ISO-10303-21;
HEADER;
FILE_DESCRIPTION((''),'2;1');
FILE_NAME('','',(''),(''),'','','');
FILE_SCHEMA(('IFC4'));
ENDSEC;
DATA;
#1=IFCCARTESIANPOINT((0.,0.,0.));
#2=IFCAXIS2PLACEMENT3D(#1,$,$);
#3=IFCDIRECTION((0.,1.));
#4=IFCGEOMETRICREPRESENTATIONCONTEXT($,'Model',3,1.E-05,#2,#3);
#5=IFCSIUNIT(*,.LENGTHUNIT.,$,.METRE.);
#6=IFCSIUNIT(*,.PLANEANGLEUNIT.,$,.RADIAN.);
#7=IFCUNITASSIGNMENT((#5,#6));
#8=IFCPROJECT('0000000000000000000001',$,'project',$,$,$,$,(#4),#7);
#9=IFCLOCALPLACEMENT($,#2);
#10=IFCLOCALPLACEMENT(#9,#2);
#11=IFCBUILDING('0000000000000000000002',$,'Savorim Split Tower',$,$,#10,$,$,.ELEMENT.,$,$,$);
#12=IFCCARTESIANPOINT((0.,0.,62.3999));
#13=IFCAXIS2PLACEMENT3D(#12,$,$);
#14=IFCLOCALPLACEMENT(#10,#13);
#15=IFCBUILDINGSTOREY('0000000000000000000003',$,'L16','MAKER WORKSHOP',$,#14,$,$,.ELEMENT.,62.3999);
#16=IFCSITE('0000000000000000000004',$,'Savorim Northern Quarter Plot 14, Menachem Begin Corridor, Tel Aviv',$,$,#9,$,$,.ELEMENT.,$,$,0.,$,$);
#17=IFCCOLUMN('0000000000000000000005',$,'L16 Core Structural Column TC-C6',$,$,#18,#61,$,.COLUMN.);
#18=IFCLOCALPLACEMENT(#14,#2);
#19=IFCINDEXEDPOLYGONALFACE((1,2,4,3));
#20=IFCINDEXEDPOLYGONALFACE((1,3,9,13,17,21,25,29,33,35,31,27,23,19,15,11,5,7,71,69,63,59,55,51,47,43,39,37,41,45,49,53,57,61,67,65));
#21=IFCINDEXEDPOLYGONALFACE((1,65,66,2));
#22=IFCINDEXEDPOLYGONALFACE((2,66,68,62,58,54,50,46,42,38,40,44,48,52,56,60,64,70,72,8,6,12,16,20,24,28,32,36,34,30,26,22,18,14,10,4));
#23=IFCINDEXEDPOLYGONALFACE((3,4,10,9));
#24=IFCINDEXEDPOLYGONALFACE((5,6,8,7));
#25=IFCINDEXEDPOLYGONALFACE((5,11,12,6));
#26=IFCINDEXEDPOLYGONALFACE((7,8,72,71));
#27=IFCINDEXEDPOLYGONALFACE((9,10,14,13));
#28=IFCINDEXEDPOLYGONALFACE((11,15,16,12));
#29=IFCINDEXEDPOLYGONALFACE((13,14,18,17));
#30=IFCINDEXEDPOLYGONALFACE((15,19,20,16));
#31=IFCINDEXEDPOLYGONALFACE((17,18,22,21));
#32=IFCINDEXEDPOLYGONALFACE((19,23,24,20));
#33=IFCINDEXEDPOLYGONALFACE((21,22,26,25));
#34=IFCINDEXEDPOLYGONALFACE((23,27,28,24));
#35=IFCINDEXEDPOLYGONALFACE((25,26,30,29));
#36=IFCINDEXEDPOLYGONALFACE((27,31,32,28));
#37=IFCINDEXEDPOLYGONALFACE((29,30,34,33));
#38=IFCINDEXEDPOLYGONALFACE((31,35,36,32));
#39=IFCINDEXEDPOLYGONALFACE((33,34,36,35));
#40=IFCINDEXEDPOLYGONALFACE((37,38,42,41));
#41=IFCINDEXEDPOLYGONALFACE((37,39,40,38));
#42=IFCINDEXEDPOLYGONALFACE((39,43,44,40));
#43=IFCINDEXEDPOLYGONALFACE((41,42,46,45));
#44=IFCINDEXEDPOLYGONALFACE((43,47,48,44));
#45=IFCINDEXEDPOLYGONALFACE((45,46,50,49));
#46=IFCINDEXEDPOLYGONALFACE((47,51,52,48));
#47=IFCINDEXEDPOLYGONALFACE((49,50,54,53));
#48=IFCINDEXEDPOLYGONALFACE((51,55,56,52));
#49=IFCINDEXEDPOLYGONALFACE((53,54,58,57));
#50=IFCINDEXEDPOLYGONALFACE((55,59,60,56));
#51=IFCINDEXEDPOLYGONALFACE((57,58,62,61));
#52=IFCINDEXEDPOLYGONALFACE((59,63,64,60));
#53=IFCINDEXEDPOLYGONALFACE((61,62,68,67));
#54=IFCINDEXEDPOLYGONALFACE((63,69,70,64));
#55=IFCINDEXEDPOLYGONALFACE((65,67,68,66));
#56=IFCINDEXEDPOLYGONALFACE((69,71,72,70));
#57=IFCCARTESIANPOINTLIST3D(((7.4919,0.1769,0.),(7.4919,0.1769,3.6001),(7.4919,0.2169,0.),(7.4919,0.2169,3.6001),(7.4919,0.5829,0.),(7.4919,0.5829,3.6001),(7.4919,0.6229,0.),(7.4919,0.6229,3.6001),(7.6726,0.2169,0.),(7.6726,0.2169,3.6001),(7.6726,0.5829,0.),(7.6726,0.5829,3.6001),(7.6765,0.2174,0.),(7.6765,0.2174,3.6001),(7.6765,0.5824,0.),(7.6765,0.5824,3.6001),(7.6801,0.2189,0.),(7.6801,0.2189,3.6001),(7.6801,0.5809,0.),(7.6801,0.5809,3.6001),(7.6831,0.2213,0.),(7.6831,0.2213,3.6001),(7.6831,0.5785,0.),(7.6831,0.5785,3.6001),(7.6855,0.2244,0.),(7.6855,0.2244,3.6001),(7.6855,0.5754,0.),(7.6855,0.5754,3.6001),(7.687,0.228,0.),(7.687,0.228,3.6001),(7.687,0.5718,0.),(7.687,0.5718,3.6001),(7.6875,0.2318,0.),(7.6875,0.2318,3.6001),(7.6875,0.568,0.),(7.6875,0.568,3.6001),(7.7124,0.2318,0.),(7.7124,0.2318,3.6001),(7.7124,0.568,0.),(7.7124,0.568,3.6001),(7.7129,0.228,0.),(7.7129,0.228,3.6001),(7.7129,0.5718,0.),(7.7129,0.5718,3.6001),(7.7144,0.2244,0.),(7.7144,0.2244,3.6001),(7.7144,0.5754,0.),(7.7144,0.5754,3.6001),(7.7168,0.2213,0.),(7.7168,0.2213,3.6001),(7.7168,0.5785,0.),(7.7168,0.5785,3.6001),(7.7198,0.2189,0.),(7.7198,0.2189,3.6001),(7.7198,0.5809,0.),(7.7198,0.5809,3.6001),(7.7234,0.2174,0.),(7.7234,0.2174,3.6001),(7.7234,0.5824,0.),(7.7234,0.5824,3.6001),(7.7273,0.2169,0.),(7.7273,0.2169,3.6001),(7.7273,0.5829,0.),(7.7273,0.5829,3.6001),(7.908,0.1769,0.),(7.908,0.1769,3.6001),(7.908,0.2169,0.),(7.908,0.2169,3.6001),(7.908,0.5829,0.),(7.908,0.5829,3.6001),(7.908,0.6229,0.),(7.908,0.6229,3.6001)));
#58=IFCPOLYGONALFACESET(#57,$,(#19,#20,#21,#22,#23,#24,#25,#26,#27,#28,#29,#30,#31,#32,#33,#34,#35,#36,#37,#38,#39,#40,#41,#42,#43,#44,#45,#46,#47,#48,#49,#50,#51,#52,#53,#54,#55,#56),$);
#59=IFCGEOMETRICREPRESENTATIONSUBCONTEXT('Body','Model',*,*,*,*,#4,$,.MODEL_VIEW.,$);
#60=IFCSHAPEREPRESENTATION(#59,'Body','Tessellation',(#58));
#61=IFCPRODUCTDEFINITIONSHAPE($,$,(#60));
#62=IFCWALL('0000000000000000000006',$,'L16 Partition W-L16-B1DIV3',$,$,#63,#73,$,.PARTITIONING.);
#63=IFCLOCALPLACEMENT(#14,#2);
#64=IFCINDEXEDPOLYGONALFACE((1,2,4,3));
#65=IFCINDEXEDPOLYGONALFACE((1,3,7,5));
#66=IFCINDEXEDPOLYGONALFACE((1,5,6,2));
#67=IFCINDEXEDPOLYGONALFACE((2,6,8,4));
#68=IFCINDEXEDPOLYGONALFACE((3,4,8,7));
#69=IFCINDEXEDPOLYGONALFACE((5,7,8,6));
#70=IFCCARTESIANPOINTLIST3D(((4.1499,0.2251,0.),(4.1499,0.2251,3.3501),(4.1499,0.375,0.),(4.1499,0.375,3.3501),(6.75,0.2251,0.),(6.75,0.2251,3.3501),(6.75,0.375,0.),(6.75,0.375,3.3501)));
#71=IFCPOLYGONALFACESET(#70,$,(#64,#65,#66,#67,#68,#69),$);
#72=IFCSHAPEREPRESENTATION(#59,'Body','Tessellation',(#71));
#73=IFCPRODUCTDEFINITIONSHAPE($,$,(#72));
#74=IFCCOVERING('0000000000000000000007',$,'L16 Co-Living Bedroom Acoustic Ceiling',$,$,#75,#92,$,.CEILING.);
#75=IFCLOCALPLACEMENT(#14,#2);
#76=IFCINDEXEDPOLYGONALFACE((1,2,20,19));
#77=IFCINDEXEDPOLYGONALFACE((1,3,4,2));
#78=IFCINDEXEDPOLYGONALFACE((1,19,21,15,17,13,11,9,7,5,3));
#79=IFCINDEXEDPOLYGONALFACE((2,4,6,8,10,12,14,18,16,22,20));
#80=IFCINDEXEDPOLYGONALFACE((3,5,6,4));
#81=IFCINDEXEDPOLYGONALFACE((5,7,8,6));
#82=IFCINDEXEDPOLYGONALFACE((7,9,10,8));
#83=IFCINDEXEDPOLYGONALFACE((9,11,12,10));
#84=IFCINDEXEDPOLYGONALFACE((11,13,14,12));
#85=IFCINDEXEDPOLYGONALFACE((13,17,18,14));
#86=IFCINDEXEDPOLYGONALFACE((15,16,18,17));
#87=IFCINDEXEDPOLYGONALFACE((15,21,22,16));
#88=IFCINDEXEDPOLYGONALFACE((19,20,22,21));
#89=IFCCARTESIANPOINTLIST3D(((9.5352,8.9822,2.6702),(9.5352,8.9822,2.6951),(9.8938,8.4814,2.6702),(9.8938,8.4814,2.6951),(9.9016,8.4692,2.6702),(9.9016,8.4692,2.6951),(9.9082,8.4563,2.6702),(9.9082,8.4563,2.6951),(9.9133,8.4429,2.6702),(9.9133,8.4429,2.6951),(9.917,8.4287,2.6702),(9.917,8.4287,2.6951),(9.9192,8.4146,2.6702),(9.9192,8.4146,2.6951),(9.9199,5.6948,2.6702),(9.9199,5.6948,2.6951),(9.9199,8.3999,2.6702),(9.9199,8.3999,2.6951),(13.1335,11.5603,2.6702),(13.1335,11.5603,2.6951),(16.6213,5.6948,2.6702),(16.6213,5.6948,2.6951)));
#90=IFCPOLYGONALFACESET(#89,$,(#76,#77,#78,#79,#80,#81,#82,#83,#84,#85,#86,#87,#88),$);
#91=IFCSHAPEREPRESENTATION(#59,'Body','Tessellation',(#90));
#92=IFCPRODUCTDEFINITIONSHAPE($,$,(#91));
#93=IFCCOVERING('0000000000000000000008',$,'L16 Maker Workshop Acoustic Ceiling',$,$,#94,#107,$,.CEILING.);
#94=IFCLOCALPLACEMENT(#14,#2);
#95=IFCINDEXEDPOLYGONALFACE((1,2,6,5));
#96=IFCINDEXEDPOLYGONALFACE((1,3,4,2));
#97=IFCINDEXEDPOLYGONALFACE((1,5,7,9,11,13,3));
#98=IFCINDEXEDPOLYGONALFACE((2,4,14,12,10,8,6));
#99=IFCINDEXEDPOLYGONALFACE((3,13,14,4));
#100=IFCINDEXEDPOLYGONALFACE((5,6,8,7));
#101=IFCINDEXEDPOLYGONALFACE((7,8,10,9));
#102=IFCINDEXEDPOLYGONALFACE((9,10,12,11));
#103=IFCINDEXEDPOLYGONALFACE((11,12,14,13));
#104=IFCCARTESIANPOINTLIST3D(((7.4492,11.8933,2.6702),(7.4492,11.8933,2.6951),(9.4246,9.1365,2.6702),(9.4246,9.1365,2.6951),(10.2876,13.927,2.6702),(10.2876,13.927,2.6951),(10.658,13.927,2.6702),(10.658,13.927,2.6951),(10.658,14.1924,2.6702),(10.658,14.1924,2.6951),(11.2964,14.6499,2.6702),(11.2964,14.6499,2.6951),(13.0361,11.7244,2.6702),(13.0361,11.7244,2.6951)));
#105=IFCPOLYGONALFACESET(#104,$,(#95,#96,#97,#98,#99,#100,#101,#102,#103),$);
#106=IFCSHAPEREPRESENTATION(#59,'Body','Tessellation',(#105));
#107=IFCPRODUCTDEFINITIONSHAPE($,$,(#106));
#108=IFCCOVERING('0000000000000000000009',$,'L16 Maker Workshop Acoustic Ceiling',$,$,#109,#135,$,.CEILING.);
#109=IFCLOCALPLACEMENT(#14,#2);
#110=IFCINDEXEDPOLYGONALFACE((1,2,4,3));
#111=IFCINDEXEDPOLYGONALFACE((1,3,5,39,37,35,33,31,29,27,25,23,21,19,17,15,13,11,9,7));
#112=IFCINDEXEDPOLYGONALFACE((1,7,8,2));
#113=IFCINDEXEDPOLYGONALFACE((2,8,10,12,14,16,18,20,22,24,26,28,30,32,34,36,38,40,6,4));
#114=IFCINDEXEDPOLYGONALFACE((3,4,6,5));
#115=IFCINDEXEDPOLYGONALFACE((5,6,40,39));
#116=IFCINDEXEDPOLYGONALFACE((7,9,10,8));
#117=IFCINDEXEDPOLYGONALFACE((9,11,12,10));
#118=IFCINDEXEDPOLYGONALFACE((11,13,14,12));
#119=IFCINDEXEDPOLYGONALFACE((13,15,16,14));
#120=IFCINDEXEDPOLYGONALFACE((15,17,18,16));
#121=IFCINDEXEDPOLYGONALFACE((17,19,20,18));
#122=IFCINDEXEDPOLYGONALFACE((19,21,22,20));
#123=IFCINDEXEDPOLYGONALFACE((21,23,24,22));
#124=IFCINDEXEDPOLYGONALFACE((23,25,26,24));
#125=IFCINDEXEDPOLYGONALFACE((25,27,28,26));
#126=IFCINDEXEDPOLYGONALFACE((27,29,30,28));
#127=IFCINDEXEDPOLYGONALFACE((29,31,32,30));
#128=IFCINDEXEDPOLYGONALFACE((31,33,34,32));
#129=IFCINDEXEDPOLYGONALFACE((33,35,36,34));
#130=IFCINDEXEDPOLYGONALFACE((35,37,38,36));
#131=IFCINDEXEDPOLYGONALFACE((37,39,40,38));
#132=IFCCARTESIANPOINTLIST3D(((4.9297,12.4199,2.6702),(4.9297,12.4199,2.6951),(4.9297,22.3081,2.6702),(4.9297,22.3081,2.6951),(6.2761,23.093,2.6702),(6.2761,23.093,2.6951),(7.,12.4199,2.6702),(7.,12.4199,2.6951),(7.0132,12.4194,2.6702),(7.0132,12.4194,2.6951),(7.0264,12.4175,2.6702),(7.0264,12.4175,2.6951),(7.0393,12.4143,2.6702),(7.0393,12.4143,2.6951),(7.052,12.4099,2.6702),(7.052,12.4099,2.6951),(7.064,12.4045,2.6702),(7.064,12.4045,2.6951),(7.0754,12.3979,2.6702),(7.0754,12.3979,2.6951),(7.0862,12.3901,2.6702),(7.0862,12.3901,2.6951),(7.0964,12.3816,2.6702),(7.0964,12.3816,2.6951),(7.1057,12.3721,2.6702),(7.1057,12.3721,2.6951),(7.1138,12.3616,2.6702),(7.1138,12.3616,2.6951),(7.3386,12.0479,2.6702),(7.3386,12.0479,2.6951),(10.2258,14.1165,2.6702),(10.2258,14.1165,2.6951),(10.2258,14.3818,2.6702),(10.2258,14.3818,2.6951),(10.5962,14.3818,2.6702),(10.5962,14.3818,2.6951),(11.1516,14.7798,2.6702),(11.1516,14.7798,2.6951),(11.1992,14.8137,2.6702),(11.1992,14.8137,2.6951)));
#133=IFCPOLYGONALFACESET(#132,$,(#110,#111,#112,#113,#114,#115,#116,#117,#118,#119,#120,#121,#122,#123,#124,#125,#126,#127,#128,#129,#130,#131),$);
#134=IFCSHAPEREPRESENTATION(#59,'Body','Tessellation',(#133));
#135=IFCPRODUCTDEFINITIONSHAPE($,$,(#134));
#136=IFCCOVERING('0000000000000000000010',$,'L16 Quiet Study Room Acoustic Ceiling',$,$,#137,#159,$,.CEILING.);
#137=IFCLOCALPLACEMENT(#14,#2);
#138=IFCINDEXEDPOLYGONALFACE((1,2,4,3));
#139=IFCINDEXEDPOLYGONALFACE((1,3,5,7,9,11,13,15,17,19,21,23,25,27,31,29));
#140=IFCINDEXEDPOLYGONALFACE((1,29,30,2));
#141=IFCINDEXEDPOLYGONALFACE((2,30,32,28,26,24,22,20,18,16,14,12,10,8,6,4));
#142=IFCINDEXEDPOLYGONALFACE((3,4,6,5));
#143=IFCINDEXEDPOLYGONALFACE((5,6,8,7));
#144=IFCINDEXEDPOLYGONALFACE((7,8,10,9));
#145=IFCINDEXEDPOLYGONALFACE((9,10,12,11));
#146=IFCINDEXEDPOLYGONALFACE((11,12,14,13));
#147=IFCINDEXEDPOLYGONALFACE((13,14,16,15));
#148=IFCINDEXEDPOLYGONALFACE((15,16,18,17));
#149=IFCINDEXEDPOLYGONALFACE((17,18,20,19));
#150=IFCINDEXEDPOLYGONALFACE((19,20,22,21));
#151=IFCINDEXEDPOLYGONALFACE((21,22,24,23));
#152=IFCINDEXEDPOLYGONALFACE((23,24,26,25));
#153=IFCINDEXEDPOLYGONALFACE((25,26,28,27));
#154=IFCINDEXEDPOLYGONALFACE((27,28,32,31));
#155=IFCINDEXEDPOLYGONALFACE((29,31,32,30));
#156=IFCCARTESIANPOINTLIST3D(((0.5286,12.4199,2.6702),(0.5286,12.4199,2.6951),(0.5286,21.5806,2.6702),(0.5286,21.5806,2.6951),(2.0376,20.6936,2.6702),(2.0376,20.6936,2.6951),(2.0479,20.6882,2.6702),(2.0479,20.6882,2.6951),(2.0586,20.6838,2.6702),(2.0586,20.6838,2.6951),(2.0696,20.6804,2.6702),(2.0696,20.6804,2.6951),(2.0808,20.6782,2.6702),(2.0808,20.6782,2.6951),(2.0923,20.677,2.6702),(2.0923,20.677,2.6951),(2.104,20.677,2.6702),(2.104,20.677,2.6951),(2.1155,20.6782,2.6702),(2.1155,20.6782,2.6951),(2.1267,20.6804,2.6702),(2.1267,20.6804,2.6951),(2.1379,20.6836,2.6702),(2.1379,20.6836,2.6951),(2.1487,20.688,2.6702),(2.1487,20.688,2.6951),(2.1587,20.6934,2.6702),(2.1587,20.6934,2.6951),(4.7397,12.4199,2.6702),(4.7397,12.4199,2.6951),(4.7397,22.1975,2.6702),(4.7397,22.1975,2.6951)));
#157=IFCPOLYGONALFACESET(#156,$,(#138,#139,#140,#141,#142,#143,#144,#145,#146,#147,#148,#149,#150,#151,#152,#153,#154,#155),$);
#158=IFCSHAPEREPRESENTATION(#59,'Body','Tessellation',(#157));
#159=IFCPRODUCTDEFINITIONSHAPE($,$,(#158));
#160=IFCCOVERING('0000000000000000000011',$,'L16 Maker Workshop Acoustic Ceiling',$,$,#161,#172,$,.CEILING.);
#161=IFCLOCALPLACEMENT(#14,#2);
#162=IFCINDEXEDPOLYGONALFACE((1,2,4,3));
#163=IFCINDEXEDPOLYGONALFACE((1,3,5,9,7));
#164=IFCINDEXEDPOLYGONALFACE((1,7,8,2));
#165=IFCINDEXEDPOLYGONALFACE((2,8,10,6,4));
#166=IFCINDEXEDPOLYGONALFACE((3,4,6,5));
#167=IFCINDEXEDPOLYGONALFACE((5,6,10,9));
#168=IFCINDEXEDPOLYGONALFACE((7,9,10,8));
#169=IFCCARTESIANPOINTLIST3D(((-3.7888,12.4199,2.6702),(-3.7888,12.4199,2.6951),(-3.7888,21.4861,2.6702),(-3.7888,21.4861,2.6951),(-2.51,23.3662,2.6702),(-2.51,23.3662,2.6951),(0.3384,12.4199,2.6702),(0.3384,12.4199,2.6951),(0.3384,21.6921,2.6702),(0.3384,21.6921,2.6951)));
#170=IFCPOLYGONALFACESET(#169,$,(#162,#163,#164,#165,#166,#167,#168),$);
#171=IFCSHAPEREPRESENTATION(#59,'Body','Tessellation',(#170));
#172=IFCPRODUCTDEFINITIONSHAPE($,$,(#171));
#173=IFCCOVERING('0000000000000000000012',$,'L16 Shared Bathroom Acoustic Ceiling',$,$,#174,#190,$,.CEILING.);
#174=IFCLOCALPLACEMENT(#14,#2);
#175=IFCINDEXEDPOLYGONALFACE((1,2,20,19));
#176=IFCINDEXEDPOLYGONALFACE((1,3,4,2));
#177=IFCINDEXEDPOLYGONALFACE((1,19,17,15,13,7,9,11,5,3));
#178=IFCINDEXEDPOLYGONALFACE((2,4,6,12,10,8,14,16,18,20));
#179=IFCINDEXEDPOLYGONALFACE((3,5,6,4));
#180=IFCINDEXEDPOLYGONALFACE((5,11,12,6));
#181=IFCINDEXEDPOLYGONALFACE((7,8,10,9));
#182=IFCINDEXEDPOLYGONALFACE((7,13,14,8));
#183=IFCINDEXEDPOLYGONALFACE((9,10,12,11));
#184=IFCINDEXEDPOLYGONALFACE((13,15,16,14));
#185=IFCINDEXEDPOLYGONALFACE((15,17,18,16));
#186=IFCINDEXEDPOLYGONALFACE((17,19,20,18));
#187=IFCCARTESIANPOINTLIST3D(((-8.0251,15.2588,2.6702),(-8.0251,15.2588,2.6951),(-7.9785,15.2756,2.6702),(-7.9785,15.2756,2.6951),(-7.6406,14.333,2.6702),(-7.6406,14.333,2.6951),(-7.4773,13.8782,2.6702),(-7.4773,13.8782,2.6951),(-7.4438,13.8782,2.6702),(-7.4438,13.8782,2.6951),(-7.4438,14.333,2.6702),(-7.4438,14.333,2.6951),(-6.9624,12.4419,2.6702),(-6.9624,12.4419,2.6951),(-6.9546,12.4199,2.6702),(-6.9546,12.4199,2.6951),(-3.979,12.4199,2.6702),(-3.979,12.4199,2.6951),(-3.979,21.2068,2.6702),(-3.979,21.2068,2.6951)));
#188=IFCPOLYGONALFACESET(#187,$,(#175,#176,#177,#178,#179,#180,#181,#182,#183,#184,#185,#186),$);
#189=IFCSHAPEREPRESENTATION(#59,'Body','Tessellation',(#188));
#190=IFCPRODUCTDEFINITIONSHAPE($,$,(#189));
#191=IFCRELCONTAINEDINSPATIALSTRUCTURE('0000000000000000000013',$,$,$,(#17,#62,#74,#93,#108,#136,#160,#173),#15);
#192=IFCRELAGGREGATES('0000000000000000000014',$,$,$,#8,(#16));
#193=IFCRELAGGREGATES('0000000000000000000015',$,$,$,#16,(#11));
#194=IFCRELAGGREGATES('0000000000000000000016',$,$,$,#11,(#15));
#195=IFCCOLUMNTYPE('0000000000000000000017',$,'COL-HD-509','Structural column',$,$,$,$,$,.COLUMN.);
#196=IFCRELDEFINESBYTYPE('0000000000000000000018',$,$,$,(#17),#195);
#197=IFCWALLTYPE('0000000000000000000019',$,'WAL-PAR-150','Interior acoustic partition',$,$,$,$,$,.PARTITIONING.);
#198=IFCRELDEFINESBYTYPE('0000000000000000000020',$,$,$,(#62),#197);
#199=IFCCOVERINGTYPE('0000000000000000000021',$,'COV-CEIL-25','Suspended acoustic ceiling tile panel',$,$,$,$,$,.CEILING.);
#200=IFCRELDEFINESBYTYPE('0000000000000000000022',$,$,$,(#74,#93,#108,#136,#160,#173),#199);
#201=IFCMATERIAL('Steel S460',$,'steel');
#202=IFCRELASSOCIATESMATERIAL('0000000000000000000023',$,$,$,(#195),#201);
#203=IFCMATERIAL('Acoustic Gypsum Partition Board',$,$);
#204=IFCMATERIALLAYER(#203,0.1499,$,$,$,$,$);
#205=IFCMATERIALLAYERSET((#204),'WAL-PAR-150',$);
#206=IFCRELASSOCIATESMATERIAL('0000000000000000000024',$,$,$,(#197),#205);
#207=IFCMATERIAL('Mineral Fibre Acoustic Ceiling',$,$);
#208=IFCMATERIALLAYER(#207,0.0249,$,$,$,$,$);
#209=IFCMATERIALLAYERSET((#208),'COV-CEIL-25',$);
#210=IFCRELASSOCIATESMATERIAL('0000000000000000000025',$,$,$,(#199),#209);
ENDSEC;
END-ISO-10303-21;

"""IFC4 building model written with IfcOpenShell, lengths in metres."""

from ifc_helpers import new_model, si_unit, direction, frame, frame_2d, origin, origin_2d, place, context, subcontext, project, spatial, polyline, rectangle, i_section, outline, extrude, material, layer, layer_set, material_profile, profile_set, type_object, element, save


model = new_model("IFC4")

# Units and contexts
model_context = context("Model", 3, precision=1e-05, world=origin(), true_north=direction((0.0, 1.0)))
body_context = subcontext(model_context, "Body", "Model", "MODEL_VIEW")
ifc_project = project(units=[si_unit("LENGTHUNIT", "METRE"), si_unit("PLANEANGLEUNIT", "RADIAN")], contexts=[model_context])

# Site, building, storey
site_placement = place(None, origin())
site = spatial("IfcSite", under=ifc_project, at=site_placement, Name="Savorim Northern Quarter Plot 14, Menachem Begin Corridor, Tel Aviv", CompositionType="ELEMENT", RefElevation=0.0)
building_placement = place(site_placement, origin())
building = spatial("IfcBuilding", under=site, at=building_placement, Name="Savorim Split Tower", CompositionType="ELEMENT")
storey_placement = place(building_placement, frame((0.0, 0.0, 62.3999)))
storey = spatial("IfcBuildingStorey", under=building, at=storey_placement, Name="L16", Description="MAKER WORKSHOP", CompositionType="ELEMENT", Elevation=62.3999)

# Column
ifc_material_1 = material(Name="Steel S460", Category="steel")
ifc_material_profile = material_profile(ifc_material_1, i_section(OverallWidth=0.416, OverallDepth=0.446, WebThickness=0.0249, FlangeThickness=0.04, FilletRadius=0.0149, at=origin_2d()), Name="HD 400x509")
ifc_profile_set = profile_set([ifc_material_profile], Name="Steel S460")
column_type = type_object("IfcColumnType", Name="COL-HD-509", Description="Structural column", PredefinedType="COLUMN", material=ifc_profile_set)
column_placement = place(storey_placement, frame((7.7, 0.3999, 0.0), z_axis=(0.0, 0.0, 1.0), x_axis=(1.0, 0.0, 0.0)))
element("IfcColumn", 1, at=column_placement, inside=storey, type_object=column_type, Name="L16 Core Structural Column TC-C6", PredefinedType="COLUMN", context=body_context, shape_type="SweptSolid", body=[
    extrude(i_section(OverallWidth=0.416, OverallDepth=0.446, WebThickness=0.0249, FlangeThickness=0.04, FilletRadius=0.0149, at=origin_2d()), origin(), (0.0, 0.0, 1.0), 3.6001),
])

# Wall
ifc_material_2 = material(Name="Acoustic Gypsum Partition Board")
ifc_layer_1 = layer(ifc_material_2, 0.1499)
ifc_layer_set_1 = layer_set([ifc_layer_1], Name="WAL-PAR-150")
wall_type = type_object("IfcWallType", Name="WAL-PAR-150", Description="Interior acoustic partition", PredefinedType="PARTITIONING", material=ifc_layer_set_1)
wall_placement = place(storey_placement, frame((4.1499, 0.3, 0.0), z_axis=(0.0, 0.0, 1.0), x_axis=(1.0, 0.0, 0.0)))
element("IfcWall", 2, at=wall_placement, inside=storey, type_object=wall_type, Name="L16 Partition W-L16-B1DIV3", PredefinedType="PARTITIONING", context=body_context, shape_type="SweptSolid", body=[
    extrude(rectangle(XDim=2.6001, YDim=0.1499, at=frame_2d((1.3, 0.0))), origin(), (0.0, 0.0, 1.0), 3.3501),
])

# Coverings
ifc_material_3 = material(Name="Mineral Fibre Acoustic Ceiling")
ifc_layer_2 = layer(ifc_material_3, 0.0249)
ifc_layer_set_2 = layer_set([ifc_layer_2], Name="COV-CEIL-25")
covering_type_1 = type_object("IfcCoveringType", Name="COV-CEIL-25", Description="Suspended acoustic ceiling tile panel", PredefinedType="CEILING", material=ifc_layer_set_2)
covering_1_placement = place(storey_placement, frame((0.0, 0.0, 2.6702)))
element("IfcCovering", 3, at=covering_1_placement, inside=storey, type_object=covering_type_1, Name="L16 Co-Living Bedroom Acoustic Ceiling", PredefinedType="CEILING", context=body_context, shape_type="SweptSolid", body=[
    extrude(outline(polyline([(9.917, 8.4287), (9.9192, 8.4146), (9.9199, 8.3999), (9.9199, 5.6948), (16.6213, 5.6948), (13.1335, 11.5603), (9.5352, 8.9822), (9.8938, 8.4814), (9.9016, 8.4692), (9.9082, 8.4563), (9.9133, 8.4429), (9.917, 8.4287)])), origin(), (0.0, 0.0, 1.0), 0.0249),
])
covering_2_placement = place(storey_placement, frame((0.0, 0.0, 2.6702)))
element("IfcCovering", 4, at=covering_2_placement, inside=storey, type_object=covering_type_1, Name="L16 Maker Workshop Acoustic Ceiling", PredefinedType="CEILING", context=body_context, shape_type="SweptSolid", body=[
    extrude(outline(polyline([(10.658, 13.927), (10.2876, 13.927), (7.4492, 11.8933), (9.4246, 9.1365), (13.0361, 11.7244), (11.2964, 14.6499), (10.658, 14.1924), (10.658, 13.927)])), origin(), (0.0, 0.0, 1.0), 0.0249),
])
covering_3_placement = place(storey_placement, frame((0.0, 0.0, 2.6702)))
element("IfcCovering", 5, at=covering_3_placement, inside=storey, type_object=covering_type_1, Name="L16 Maker Workshop Acoustic Ceiling", PredefinedType="CEILING", context=body_context, shape_type="SweptSolid", body=[
    extrude(outline(polyline([(11.1516, 14.7798), (11.1992, 14.8137), (6.2761, 23.093), (4.9297, 22.3081), (4.9297, 12.4199), (7.0, 12.4199), (7.0132, 12.4194), (7.0264, 12.4175), (7.0393, 12.4143), (7.052, 12.4099), (7.064, 12.4045), (7.0754, 12.3979), (7.0862, 12.3901), (7.0964, 12.3816), (7.1057, 12.3721), (7.1138, 12.3616), (7.3386, 12.0479), (10.2258, 14.1165), (10.2258, 14.3818), (10.5962, 14.3818), (11.1516, 14.7798)])), origin(), (0.0, 0.0, 1.0), 0.0249),
])
covering_4_placement = place(storey_placement, frame((0.0, 0.0, 2.6702)))
element("IfcCovering", 6, at=covering_4_placement, inside=storey, type_object=covering_type_1, Name="L16 Quiet Study Room Acoustic Ceiling", PredefinedType="CEILING", context=body_context, shape_type="SweptSolid", body=[
    extrude(outline(polyline([(2.0586, 20.6838), (2.0479, 20.6882), (2.0376, 20.6936), (0.5286, 21.5806), (0.5286, 12.4199), (4.7397, 12.4199), (4.7397, 22.1975), (2.1587, 20.6934), (2.1487, 20.688), (2.1379, 20.6836), (2.1267, 20.6804), (2.1155, 20.6782), (2.104, 20.677), (2.0923, 20.677), (2.0808, 20.6782), (2.0696, 20.6804), (2.0586, 20.6838)])), origin(), (0.0, 0.0, 1.0), 0.0249),
])
covering_5_placement = place(storey_placement, frame((0.0, 0.0, 2.6702)))
element("IfcCovering", 7, at=covering_5_placement, inside=storey, type_object=covering_type_1, Name="L16 Maker Workshop Acoustic Ceiling", PredefinedType="CEILING", context=body_context, shape_type="SweptSolid", body=[
    extrude(outline(polyline([(-3.7888, 12.4199), (0.3384, 12.4199), (0.3384, 21.6921), (-2.51, 23.3662), (-3.7888, 21.4861), (-3.7888, 12.4199)])), origin(), (0.0, 0.0, 1.0), 0.0249),
])
covering_6_placement = place(storey_placement, frame((0.0, 0.0, 2.6702)))
element("IfcCovering", 8, at=covering_6_placement, inside=storey, type_object=covering_type_1, Name="L16 Shared Bathroom Acoustic Ceiling", PredefinedType="CEILING", context=body_context, shape_type="SweptSolid", body=[
    extrude(outline(polyline([(-7.4773, 13.8782), (-6.9624, 12.4419), (-6.9546, 12.4199), (-3.979, 12.4199), (-3.979, 21.2068), (-8.0251, 15.2588), (-7.9785, 15.2756), (-7.6406, 14.333), (-7.4438, 14.333), (-7.4438, 13.8782), (-7.4773, 13.8782)])), origin(), (0.0, 0.0, 1.0), 0.0249),
])

save(model, "model.ifc")
